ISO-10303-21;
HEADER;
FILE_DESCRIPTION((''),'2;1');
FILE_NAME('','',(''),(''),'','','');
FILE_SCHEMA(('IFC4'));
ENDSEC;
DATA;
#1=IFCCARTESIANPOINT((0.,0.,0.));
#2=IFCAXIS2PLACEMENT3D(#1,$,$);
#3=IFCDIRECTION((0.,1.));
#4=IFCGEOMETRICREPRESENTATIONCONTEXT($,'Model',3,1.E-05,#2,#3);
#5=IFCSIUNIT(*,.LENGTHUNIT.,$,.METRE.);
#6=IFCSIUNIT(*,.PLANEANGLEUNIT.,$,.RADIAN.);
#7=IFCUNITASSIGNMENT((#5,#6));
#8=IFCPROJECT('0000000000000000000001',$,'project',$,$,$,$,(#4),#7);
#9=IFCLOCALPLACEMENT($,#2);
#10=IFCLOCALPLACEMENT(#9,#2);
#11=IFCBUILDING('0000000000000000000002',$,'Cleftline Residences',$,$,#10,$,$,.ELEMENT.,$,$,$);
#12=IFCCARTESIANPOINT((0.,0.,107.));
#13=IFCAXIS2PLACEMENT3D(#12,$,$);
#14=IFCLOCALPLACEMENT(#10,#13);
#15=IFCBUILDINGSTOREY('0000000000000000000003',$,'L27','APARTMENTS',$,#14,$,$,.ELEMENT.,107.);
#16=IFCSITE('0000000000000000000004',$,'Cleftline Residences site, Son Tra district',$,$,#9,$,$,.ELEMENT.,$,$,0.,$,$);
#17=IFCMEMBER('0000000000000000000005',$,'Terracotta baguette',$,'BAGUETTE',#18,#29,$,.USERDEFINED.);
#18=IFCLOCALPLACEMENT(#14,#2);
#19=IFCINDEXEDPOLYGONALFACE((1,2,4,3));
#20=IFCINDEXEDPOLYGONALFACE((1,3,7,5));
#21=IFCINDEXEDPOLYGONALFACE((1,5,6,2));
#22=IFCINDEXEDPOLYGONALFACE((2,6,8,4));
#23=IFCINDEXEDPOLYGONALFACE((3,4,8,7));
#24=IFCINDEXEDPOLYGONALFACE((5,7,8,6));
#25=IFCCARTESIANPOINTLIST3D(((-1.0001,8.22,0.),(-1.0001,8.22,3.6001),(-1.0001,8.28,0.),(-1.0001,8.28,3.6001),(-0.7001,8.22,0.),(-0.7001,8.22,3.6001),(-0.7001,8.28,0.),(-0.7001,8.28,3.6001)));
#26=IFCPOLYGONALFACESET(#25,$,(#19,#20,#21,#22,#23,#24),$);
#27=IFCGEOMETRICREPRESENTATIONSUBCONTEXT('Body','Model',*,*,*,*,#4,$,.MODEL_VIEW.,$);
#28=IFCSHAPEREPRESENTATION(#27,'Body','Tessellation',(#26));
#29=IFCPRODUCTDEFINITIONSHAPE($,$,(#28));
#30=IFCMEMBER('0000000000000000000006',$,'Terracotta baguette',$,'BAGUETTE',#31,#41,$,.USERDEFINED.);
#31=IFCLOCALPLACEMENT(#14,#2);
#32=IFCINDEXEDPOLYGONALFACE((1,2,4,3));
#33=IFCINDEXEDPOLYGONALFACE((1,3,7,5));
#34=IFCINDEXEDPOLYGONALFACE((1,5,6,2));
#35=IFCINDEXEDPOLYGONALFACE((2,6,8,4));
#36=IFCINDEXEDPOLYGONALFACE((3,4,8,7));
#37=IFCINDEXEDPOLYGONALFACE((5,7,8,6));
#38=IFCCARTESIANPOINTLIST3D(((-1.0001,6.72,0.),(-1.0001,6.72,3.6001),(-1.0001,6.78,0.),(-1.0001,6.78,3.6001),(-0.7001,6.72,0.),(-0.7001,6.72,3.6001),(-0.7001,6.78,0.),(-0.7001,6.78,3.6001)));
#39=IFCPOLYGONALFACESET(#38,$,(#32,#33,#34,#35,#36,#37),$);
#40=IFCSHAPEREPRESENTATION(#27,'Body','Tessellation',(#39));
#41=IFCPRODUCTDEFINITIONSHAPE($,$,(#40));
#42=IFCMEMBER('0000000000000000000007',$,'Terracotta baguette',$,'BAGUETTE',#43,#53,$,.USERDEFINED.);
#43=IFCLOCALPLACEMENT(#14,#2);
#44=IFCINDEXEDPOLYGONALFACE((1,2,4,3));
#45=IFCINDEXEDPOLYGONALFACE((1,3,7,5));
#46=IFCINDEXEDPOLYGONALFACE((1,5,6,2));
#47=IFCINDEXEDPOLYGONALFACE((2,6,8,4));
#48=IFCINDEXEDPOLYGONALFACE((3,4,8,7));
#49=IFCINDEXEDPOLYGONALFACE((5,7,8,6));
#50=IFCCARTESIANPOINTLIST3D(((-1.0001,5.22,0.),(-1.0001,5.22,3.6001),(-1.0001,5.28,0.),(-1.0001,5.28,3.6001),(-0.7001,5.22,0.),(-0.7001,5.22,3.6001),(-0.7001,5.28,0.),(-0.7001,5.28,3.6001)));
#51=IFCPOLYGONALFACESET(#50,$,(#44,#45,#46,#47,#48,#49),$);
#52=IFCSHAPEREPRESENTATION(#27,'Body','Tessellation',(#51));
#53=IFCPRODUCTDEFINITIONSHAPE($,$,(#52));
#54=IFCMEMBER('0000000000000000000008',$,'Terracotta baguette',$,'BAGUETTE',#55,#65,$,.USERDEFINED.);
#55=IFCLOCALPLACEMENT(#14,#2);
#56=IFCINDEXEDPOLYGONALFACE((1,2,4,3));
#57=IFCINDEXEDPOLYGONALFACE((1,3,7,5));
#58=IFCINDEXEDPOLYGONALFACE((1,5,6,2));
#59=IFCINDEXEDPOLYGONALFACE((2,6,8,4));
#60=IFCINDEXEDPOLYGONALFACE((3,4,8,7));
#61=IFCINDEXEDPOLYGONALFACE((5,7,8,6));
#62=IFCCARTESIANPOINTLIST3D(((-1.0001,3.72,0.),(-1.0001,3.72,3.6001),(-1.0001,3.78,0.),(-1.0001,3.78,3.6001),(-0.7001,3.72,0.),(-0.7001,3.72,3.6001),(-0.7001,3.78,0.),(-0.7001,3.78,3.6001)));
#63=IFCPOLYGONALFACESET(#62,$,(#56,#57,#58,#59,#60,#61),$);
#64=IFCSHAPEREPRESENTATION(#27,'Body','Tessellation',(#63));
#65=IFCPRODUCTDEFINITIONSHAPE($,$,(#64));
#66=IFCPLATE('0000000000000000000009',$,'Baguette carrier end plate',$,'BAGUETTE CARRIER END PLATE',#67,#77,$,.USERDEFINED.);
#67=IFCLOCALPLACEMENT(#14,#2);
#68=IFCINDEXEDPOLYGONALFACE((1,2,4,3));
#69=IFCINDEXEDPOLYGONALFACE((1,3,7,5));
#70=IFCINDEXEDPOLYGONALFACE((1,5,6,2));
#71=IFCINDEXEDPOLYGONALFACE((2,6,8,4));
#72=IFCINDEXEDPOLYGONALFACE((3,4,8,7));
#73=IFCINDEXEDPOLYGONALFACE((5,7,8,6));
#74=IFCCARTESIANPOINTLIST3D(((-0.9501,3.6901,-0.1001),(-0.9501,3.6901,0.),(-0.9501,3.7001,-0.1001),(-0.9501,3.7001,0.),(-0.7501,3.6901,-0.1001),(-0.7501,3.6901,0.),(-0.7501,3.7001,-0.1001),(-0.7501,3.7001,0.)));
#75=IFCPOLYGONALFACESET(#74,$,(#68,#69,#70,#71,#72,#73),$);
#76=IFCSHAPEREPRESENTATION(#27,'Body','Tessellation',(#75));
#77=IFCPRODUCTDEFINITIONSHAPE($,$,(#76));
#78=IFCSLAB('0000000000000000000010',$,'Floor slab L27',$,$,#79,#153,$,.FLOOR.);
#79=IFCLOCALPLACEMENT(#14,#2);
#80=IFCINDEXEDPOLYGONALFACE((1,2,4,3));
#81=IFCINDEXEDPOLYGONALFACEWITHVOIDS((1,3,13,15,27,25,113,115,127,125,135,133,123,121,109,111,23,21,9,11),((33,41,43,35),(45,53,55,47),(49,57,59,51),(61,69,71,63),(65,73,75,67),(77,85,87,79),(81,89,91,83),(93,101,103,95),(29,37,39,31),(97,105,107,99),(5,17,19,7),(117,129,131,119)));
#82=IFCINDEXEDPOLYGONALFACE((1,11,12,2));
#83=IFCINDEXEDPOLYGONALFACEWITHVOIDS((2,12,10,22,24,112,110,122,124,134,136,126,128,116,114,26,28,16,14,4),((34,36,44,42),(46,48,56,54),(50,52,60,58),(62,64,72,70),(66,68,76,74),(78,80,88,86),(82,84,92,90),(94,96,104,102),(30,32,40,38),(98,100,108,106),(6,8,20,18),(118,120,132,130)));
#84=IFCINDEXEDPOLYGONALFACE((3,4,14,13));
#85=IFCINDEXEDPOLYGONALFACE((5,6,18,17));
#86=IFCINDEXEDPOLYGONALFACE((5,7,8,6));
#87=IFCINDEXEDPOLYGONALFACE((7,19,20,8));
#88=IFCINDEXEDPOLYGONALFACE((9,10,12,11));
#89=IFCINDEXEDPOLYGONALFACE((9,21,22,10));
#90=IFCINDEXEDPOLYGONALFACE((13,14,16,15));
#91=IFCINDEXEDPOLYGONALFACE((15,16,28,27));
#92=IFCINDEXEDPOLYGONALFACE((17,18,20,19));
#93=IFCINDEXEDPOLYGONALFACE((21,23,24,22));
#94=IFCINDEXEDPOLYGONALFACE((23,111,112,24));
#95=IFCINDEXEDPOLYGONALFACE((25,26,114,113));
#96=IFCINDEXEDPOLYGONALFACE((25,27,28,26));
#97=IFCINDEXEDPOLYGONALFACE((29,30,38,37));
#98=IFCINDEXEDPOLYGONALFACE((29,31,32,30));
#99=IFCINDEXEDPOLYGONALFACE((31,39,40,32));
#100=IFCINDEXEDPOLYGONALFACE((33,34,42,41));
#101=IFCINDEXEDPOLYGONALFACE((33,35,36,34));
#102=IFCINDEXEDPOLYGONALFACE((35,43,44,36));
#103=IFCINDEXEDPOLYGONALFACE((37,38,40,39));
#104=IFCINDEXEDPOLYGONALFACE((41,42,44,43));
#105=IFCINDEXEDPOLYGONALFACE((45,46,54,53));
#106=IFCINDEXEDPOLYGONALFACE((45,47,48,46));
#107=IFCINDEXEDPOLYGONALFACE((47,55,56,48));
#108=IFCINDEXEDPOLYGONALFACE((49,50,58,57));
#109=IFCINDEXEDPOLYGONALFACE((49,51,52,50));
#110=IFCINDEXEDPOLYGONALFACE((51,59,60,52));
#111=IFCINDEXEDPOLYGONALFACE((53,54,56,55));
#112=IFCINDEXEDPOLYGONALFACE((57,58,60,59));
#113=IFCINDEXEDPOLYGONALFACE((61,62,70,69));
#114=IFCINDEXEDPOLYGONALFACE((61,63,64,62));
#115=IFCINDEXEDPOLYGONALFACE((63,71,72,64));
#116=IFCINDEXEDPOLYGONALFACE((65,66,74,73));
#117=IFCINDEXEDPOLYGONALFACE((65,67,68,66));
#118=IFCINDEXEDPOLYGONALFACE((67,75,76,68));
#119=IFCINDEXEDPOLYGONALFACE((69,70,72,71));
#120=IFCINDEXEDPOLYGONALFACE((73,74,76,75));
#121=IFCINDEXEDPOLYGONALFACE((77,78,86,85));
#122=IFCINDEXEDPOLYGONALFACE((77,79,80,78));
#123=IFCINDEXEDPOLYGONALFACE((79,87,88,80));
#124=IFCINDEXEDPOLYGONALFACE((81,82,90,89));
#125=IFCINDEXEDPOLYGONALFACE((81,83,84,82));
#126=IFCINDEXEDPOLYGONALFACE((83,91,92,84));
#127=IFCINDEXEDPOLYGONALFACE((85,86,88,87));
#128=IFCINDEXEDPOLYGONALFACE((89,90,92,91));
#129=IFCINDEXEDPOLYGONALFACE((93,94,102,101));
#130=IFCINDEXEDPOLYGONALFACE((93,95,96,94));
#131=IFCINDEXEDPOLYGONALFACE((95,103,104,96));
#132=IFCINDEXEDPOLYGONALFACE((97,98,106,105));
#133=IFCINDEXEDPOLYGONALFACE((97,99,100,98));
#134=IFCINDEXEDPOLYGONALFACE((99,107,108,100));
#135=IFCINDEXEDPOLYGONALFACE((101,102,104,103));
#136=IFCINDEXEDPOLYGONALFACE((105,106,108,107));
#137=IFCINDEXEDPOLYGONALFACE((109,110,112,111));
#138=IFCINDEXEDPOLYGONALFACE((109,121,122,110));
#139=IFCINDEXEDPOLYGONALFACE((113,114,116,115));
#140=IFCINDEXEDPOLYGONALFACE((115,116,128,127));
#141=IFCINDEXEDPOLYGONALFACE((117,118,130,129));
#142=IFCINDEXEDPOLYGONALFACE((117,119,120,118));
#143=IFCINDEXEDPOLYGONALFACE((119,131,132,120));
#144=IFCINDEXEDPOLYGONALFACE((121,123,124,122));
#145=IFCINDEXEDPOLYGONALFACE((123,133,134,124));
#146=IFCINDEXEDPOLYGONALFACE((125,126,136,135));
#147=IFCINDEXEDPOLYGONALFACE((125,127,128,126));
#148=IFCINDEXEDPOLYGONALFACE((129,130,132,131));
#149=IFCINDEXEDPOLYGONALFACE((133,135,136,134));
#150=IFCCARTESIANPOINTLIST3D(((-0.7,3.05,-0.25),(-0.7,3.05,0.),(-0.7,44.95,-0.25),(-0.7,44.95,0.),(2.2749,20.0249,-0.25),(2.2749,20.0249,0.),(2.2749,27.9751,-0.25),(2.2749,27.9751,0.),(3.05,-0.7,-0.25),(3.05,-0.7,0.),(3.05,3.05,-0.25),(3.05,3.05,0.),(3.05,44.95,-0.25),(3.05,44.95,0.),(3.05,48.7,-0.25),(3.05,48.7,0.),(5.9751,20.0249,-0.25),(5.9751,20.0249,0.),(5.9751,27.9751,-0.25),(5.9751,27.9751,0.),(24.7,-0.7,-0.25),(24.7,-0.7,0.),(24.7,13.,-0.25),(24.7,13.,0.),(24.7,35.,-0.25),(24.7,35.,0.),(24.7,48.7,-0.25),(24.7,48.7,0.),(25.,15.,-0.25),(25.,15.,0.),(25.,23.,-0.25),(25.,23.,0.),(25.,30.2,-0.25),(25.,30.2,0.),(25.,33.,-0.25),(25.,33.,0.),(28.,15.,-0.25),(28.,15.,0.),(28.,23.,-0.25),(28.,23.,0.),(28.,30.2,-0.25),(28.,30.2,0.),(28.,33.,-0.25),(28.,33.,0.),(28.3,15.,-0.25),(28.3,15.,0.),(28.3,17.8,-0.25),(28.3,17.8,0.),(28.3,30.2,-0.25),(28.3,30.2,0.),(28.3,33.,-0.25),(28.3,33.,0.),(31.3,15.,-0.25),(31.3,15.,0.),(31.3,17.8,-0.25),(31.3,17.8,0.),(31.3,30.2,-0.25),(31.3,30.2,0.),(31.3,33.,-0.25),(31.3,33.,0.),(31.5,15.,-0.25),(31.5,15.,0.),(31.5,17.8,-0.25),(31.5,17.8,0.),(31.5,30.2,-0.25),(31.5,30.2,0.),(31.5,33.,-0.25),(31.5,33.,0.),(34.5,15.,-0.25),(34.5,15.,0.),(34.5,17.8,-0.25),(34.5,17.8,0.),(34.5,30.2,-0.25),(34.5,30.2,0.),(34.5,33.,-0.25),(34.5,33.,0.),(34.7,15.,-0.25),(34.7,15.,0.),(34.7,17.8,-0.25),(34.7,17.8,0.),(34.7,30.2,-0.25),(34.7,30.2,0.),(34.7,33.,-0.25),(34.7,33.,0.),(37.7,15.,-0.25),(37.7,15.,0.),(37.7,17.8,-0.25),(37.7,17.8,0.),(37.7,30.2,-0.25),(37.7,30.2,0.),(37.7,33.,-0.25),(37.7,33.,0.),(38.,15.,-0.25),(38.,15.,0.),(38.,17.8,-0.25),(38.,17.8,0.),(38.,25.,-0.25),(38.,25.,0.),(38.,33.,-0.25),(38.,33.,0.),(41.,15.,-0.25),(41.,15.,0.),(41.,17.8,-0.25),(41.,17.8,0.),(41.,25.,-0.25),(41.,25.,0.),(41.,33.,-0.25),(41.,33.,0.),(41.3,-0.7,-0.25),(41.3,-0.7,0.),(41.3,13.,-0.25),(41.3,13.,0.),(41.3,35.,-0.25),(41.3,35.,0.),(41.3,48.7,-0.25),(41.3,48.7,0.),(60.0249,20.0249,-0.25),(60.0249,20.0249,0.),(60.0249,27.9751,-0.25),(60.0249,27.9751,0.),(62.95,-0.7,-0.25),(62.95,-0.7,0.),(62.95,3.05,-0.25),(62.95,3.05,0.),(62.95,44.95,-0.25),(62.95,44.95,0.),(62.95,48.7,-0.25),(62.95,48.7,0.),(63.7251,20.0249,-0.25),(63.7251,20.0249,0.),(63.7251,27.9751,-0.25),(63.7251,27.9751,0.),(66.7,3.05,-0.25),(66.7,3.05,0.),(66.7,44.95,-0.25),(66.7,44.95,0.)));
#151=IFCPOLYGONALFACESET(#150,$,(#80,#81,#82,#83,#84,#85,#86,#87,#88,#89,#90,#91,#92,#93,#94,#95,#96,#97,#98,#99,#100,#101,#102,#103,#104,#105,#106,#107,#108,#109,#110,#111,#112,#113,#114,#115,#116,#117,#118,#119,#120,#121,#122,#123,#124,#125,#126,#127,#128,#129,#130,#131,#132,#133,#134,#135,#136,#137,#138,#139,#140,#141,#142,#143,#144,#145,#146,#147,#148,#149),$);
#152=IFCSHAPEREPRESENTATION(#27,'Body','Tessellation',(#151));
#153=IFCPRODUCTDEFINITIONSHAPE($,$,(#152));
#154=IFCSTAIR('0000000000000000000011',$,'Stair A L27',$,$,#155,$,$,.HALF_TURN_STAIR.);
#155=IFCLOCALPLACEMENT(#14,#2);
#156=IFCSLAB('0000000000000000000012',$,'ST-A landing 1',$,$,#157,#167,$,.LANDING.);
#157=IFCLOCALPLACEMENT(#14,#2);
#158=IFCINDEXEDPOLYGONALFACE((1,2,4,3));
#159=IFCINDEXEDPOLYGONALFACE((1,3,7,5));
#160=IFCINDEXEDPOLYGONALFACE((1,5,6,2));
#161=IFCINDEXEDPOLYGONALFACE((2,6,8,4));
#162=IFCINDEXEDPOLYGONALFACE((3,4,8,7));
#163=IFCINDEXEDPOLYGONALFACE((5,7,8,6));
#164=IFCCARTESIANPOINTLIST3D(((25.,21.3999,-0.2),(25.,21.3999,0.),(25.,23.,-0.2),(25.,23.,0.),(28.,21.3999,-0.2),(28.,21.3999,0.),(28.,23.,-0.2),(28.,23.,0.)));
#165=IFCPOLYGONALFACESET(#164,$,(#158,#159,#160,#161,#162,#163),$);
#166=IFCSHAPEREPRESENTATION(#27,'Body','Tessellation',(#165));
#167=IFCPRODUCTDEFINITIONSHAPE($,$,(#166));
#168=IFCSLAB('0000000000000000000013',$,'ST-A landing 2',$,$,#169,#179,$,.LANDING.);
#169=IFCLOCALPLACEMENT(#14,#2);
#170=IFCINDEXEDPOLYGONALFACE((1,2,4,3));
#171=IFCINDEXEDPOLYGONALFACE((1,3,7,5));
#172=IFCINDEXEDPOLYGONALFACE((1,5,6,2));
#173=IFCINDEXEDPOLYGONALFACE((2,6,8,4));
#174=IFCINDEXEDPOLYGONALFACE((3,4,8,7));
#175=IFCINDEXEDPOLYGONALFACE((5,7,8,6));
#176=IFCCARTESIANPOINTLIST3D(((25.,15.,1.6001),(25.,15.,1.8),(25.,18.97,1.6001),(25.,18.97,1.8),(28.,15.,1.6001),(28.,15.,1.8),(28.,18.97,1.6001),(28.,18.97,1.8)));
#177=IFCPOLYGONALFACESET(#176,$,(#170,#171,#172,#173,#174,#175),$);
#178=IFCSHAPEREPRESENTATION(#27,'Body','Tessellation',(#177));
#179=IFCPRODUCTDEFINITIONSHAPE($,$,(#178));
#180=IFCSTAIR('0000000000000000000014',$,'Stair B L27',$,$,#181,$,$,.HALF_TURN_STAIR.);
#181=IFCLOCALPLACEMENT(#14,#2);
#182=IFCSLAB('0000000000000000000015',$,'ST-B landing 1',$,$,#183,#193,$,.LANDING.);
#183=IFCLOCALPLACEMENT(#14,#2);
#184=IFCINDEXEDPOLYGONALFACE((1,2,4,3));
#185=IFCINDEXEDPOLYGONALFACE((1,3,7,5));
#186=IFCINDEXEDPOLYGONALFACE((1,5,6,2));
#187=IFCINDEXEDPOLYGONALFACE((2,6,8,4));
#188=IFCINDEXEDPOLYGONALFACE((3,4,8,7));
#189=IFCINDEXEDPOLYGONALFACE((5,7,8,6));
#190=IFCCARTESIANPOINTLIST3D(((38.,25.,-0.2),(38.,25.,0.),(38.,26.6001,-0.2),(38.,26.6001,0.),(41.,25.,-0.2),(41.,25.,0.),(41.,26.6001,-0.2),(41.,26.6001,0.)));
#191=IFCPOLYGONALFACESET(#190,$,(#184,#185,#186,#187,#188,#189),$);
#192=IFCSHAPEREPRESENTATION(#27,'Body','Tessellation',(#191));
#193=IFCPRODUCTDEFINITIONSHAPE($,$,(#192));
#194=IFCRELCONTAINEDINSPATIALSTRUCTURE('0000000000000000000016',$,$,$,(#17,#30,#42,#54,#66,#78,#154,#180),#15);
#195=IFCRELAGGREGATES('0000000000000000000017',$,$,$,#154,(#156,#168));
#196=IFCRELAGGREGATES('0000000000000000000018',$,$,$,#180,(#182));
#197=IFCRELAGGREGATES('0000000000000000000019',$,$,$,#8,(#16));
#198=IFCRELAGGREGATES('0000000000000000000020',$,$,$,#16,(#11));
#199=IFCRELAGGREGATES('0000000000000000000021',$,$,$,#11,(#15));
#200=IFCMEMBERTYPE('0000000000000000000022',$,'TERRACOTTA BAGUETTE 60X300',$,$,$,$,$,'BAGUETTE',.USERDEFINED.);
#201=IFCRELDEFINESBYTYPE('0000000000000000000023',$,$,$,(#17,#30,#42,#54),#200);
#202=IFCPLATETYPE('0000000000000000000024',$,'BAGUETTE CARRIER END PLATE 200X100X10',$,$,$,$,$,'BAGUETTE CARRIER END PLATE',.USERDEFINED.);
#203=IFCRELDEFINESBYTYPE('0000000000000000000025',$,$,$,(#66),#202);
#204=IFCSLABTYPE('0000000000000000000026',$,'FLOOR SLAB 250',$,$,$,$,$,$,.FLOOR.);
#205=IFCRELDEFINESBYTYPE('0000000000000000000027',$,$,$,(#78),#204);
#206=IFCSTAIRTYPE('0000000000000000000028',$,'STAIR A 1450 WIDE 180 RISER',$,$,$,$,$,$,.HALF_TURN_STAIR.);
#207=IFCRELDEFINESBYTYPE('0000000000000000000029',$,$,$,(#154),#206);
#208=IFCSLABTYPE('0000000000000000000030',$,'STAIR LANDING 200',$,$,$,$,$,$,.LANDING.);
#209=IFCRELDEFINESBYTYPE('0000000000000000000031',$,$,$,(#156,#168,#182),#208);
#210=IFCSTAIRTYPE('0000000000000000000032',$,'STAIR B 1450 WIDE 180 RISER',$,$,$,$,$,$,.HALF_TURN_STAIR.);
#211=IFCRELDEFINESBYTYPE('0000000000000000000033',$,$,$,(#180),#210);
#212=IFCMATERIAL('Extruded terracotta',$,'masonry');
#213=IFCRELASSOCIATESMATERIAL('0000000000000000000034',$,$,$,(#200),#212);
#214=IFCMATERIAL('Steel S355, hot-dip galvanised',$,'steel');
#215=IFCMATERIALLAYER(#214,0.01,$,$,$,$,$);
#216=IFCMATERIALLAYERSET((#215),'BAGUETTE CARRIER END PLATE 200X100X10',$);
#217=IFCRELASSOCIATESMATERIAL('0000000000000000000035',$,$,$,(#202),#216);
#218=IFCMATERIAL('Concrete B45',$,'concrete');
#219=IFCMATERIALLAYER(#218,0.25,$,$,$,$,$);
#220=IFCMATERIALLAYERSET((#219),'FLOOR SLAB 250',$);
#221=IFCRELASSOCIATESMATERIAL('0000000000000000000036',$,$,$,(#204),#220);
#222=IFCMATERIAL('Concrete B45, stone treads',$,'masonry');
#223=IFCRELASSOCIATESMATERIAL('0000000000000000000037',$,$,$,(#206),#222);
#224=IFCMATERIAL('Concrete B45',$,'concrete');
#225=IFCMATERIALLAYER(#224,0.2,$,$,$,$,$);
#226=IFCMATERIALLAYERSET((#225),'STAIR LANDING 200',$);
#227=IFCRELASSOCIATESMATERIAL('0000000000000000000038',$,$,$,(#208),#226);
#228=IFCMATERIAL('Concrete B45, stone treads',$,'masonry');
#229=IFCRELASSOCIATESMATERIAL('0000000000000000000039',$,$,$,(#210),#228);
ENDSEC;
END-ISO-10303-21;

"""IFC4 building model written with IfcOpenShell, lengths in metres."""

from ifc_helpers import new_model, si_unit, direction, frame, origin, origin_2d, place, context, subcontext, project, spatial, polyline, rectangle, outline, extrude, material, layer, layer_set, material_profile, profile_set, type_object, element, aggregate, save


model = new_model("IFC4")

# Units and contexts
model_context = context("Model", 3, precision=1e-05, world=origin(), true_north=direction((0.0, 1.0)))
body_context = subcontext(model_context, "Body", "Model", "MODEL_VIEW")
ifc_project = project(units=[si_unit("LENGTHUNIT", "METRE"), si_unit("PLANEANGLEUNIT", "RADIAN")], contexts=[model_context])

# Site, building, storey
site_placement = place(None, origin())
site = spatial("IfcSite", under=ifc_project, at=site_placement, Name="Cleftline Residences site, Son Tra district", CompositionType="ELEMENT", RefElevation=0.0)
building_placement = place(site_placement, origin())
building = spatial("IfcBuilding", under=site, at=building_placement, Name="Cleftline Residences", CompositionType="ELEMENT")
storey_placement = place(building_placement, frame((0.0, 0.0, 107.0)))
storey = spatial("IfcBuildingStorey", under=building, at=storey_placement, Name="L27", Description="APARTMENTS", CompositionType="ELEMENT", Elevation=107.0)

# Members
ifc_material_1 = material(Name="Extruded terracotta", Category="masonry")
ifc_material_profile_1 = material_profile(ifc_material_1, rectangle(XDim=0.0601, YDim=0.3, at=origin_2d()))
ifc_profile_set_1 = profile_set([ifc_material_profile_1], Name="Extruded terracotta")
member_type_1 = type_object("IfcMemberType", Name="TERRACOTTA BAGUETTE 60X300", ElementType="BAGUETTE", PredefinedType="USERDEFINED", material=ifc_profile_set_1)
for number, where, z_axis, x_axis, name in (
    (1, (-0.8501, 8.25, 0.0), (0.0, 0.0, 1.0), (0.0, 1.0, 0.0), "Terracotta baguette"),
    (2, (-0.8501, 6.75, 0.0), (0.0, 0.0, 1.0), (0.0, 1.0, 0.0), "Terracotta baguette"),
    (3, (-0.8501, 5.25, 0.0), (0.0, 0.0, 1.0), (0.0, 1.0, 0.0), "Terracotta baguette"),
    (4, (-0.8501, 3.75, 0.0), (0.0, 0.0, 1.0), (0.0, 1.0, 0.0), "Terracotta baguette"),
):
    element("IfcMember", number, at=place(storey_placement, frame(where, z_axis=z_axis, x_axis=x_axis)), inside=storey, type_object=member_type_1, Name=name, ObjectType="BAGUETTE", PredefinedType="USERDEFINED", context=body_context, shape_type="SweptSolid", body=[
        extrude(rectangle(XDim=0.0601, YDim=0.3, at=origin_2d()), origin(), (0.0, 0.0, 1.0), 3.6001),
    ])

# Plate
ifc_material_2 = material(Name="Steel S355, hot-dip galvanised", Category="steel")
ifc_layer_1 = layer(ifc_material_2, 0.01)
ifc_layer_set_1 = layer_set([ifc_layer_1], Name="BAGUETTE CARRIER END PLATE 200X100X10")
plate_type = type_object("IfcPlateType", Name="BAGUETTE CARRIER END PLATE 200X100X10", ElementType="BAGUETTE CARRIER END PLATE", PredefinedType="USERDEFINED", material=ifc_layer_set_1)
plate_placement = place(storey_placement, frame((-0.8501, 3.6951, -0.1001), z_axis=(0.0, 0.0, 1.0), x_axis=(-1.0, 0.0, 0.0)))
element("IfcPlate", 5, at=plate_placement, inside=storey, type_object=plate_type, Name="Baguette carrier end plate", ObjectType="BAGUETTE CARRIER END PLATE", PredefinedType="USERDEFINED", context=body_context, shape_type="SweptSolid", body=[
    extrude(rectangle(XDim=0.2, YDim=0.01, at=origin_2d()), origin(), (0.0, 0.0, 1.0), 0.1001),
])

# Slab
ifc_material_3 = material(Name="Concrete B45", Category="concrete")
ifc_layer_2 = layer(ifc_material_3, 0.25)
ifc_layer_set_2 = layer_set([ifc_layer_2], Name="FLOOR SLAB 250")
slab_type_1 = type_object("IfcSlabType", Name="FLOOR SLAB 250", PredefinedType="FLOOR", material=ifc_layer_set_2)
slab_1_placement = place(storey_placement, frame((0.0, 0.0, -0.25)))
element("IfcSlab", 6, at=slab_1_placement, inside=storey, type_object=slab_type_1, Name="Floor slab L27", PredefinedType="FLOOR", context=body_context, shape_type="SweptSolid", body=[
    extrude(outline(polyline([(24.7, 13.0), (41.3, 13.0), (41.3, -0.7), (62.95, -0.7), (62.95, 3.05), (66.7, 3.05), (66.7, 44.95), (62.95, 44.95), (62.95, 48.7), (41.3, 48.7), (41.3, 35.0), (24.7, 35.0), (24.7, 48.7), (3.05, 48.7), (3.05, 44.95), (-0.7, 44.95), (-0.7, 3.05), (3.05, 3.05), (3.05, -0.7), (24.7, -0.7), (24.7, 13.0)]), holes=[polyline([(28.0, 15.0), (28.0, 23.0), (25.0, 23.0), (25.0, 15.0), (28.0, 15.0)]), polyline([(41.0, 25.0), (41.0, 33.0), (38.0, 33.0), (38.0, 25.0), (41.0, 25.0)]), polyline([(28.0, 30.2), (28.0, 33.0), (25.0, 33.0), (25.0, 30.2), (28.0, 30.2)]), polyline([(41.0, 15.0), (41.0, 17.8), (38.0, 17.8), (38.0, 15.0), (41.0, 15.0)]), polyline([(31.3, 15.0), (31.3, 17.8), (28.3, 17.8), (28.3, 15.0), (31.3, 15.0)]), polyline([(34.5, 15.0), (34.5, 17.8), (31.5, 17.8), (31.5, 15.0), (34.5, 15.0)]), polyline([(37.7, 15.0), (37.7, 17.8), (34.7, 17.8), (34.7, 15.0), (37.7, 15.0)]), polyline([(31.3, 30.2), (31.3, 33.0), (28.3, 33.0), (28.3, 30.2), (31.3, 30.2)]), polyline([(34.5, 30.2), (34.5, 33.0), (31.5, 33.0), (31.5, 30.2), (34.5, 30.2)]), polyline([(37.7, 30.2), (37.7, 33.0), (34.7, 33.0), (34.7, 30.2), (37.7, 30.2)]), polyline([(63.7251, 20.0249), (63.7251, 27.9751), (60.0249, 27.9751), (60.0249, 20.0249), (63.7251, 20.0249)]), polyline([(5.9751, 20.0249), (5.9751, 27.9751), (2.2749, 27.9751), (2.2749, 20.0249), (5.9751, 20.0249)])]), origin(), (0.0, 0.0, 1.0), 0.25),
])

# Stairs, slabs
ifc_material_4 = material(Name="Concrete B45, stone treads", Category="masonry")
stair_type_1 = type_object("IfcStairType", Name="STAIR A 1450 WIDE 180 RISER", PredefinedType="HALF_TURN_STAIR", material=ifc_material_4)
stair_1_placement = place(storey_placement, origin())
stair_1 = element("IfcStair", 7, at=stair_1_placement, inside=storey, type_object=stair_type_1, Name="Stair A L27", PredefinedType="HALF_TURN_STAIR")
ifc_material_5 = material(Name="Concrete B45", Category="concrete")
ifc_layer_3 = layer(ifc_material_5, 0.2)
ifc_layer_set_3 = layer_set([ifc_layer_3], Name="STAIR LANDING 200")
slab_type_2 = type_object("IfcSlabType", Name="STAIR LANDING 200", PredefinedType="LANDING", material=ifc_layer_set_3)
slab_2_placement = place(storey_placement, frame((0.0, 0.0, -0.2)))
slab_2 = element("IfcSlab", 8, at=slab_2_placement, type_object=slab_type_2, Name="ST-A landing 1", PredefinedType="LANDING", context=body_context, shape_type="SweptSolid", body=[
    extrude(outline(polyline([(25.0, 21.3999), (28.0, 21.3999), (28.0, 23.0), (25.0, 23.0), (25.0, 21.3999)])), origin(), (0.0, 0.0, 1.0), 0.2),
])
slab_3_placement = place(storey_placement, frame((0.0, 0.0, 1.6001)))
slab_3 = element("IfcSlab", 9, at=slab_3_placement, type_object=slab_type_2, Name="ST-A landing 2", PredefinedType="LANDING", context=body_context, shape_type="SweptSolid", body=[
    extrude(outline(polyline([(25.0, 15.0), (28.0, 15.0), (28.0, 18.97), (25.0, 18.97), (25.0, 15.0)])), origin(), (0.0, 0.0, 1.0), 0.2),
])
aggregate(stair_1, [slab_2, slab_3])
ifc_material_6 = material(Name="Concrete B45, stone treads", Category="masonry")
stair_type_2 = type_object("IfcStairType", Name="STAIR B 1450 WIDE 180 RISER", PredefinedType="HALF_TURN_STAIR", material=ifc_material_6)
stair_2_placement = place(storey_placement, origin())
stair_2 = element("IfcStair", 10, at=stair_2_placement, inside=storey, type_object=stair_type_2, Name="Stair B L27", PredefinedType="HALF_TURN_STAIR")
slab_4_placement = place(storey_placement, frame((0.0, 0.0, -0.2)))
slab_4 = element("IfcSlab", 11, at=slab_4_placement, type_object=slab_type_2, Name="ST-B landing 1", PredefinedType="LANDING", context=body_context, shape_type="SweptSolid", body=[
    extrude(outline(polyline([(38.0, 25.0), (41.0, 25.0), (41.0, 26.6001), (38.0, 26.6001), (38.0, 25.0)])), origin(), (0.0, 0.0, 1.0), 0.2),
])
aggregate(stair_2, [slab_4])

save(model, "model.ifc")
